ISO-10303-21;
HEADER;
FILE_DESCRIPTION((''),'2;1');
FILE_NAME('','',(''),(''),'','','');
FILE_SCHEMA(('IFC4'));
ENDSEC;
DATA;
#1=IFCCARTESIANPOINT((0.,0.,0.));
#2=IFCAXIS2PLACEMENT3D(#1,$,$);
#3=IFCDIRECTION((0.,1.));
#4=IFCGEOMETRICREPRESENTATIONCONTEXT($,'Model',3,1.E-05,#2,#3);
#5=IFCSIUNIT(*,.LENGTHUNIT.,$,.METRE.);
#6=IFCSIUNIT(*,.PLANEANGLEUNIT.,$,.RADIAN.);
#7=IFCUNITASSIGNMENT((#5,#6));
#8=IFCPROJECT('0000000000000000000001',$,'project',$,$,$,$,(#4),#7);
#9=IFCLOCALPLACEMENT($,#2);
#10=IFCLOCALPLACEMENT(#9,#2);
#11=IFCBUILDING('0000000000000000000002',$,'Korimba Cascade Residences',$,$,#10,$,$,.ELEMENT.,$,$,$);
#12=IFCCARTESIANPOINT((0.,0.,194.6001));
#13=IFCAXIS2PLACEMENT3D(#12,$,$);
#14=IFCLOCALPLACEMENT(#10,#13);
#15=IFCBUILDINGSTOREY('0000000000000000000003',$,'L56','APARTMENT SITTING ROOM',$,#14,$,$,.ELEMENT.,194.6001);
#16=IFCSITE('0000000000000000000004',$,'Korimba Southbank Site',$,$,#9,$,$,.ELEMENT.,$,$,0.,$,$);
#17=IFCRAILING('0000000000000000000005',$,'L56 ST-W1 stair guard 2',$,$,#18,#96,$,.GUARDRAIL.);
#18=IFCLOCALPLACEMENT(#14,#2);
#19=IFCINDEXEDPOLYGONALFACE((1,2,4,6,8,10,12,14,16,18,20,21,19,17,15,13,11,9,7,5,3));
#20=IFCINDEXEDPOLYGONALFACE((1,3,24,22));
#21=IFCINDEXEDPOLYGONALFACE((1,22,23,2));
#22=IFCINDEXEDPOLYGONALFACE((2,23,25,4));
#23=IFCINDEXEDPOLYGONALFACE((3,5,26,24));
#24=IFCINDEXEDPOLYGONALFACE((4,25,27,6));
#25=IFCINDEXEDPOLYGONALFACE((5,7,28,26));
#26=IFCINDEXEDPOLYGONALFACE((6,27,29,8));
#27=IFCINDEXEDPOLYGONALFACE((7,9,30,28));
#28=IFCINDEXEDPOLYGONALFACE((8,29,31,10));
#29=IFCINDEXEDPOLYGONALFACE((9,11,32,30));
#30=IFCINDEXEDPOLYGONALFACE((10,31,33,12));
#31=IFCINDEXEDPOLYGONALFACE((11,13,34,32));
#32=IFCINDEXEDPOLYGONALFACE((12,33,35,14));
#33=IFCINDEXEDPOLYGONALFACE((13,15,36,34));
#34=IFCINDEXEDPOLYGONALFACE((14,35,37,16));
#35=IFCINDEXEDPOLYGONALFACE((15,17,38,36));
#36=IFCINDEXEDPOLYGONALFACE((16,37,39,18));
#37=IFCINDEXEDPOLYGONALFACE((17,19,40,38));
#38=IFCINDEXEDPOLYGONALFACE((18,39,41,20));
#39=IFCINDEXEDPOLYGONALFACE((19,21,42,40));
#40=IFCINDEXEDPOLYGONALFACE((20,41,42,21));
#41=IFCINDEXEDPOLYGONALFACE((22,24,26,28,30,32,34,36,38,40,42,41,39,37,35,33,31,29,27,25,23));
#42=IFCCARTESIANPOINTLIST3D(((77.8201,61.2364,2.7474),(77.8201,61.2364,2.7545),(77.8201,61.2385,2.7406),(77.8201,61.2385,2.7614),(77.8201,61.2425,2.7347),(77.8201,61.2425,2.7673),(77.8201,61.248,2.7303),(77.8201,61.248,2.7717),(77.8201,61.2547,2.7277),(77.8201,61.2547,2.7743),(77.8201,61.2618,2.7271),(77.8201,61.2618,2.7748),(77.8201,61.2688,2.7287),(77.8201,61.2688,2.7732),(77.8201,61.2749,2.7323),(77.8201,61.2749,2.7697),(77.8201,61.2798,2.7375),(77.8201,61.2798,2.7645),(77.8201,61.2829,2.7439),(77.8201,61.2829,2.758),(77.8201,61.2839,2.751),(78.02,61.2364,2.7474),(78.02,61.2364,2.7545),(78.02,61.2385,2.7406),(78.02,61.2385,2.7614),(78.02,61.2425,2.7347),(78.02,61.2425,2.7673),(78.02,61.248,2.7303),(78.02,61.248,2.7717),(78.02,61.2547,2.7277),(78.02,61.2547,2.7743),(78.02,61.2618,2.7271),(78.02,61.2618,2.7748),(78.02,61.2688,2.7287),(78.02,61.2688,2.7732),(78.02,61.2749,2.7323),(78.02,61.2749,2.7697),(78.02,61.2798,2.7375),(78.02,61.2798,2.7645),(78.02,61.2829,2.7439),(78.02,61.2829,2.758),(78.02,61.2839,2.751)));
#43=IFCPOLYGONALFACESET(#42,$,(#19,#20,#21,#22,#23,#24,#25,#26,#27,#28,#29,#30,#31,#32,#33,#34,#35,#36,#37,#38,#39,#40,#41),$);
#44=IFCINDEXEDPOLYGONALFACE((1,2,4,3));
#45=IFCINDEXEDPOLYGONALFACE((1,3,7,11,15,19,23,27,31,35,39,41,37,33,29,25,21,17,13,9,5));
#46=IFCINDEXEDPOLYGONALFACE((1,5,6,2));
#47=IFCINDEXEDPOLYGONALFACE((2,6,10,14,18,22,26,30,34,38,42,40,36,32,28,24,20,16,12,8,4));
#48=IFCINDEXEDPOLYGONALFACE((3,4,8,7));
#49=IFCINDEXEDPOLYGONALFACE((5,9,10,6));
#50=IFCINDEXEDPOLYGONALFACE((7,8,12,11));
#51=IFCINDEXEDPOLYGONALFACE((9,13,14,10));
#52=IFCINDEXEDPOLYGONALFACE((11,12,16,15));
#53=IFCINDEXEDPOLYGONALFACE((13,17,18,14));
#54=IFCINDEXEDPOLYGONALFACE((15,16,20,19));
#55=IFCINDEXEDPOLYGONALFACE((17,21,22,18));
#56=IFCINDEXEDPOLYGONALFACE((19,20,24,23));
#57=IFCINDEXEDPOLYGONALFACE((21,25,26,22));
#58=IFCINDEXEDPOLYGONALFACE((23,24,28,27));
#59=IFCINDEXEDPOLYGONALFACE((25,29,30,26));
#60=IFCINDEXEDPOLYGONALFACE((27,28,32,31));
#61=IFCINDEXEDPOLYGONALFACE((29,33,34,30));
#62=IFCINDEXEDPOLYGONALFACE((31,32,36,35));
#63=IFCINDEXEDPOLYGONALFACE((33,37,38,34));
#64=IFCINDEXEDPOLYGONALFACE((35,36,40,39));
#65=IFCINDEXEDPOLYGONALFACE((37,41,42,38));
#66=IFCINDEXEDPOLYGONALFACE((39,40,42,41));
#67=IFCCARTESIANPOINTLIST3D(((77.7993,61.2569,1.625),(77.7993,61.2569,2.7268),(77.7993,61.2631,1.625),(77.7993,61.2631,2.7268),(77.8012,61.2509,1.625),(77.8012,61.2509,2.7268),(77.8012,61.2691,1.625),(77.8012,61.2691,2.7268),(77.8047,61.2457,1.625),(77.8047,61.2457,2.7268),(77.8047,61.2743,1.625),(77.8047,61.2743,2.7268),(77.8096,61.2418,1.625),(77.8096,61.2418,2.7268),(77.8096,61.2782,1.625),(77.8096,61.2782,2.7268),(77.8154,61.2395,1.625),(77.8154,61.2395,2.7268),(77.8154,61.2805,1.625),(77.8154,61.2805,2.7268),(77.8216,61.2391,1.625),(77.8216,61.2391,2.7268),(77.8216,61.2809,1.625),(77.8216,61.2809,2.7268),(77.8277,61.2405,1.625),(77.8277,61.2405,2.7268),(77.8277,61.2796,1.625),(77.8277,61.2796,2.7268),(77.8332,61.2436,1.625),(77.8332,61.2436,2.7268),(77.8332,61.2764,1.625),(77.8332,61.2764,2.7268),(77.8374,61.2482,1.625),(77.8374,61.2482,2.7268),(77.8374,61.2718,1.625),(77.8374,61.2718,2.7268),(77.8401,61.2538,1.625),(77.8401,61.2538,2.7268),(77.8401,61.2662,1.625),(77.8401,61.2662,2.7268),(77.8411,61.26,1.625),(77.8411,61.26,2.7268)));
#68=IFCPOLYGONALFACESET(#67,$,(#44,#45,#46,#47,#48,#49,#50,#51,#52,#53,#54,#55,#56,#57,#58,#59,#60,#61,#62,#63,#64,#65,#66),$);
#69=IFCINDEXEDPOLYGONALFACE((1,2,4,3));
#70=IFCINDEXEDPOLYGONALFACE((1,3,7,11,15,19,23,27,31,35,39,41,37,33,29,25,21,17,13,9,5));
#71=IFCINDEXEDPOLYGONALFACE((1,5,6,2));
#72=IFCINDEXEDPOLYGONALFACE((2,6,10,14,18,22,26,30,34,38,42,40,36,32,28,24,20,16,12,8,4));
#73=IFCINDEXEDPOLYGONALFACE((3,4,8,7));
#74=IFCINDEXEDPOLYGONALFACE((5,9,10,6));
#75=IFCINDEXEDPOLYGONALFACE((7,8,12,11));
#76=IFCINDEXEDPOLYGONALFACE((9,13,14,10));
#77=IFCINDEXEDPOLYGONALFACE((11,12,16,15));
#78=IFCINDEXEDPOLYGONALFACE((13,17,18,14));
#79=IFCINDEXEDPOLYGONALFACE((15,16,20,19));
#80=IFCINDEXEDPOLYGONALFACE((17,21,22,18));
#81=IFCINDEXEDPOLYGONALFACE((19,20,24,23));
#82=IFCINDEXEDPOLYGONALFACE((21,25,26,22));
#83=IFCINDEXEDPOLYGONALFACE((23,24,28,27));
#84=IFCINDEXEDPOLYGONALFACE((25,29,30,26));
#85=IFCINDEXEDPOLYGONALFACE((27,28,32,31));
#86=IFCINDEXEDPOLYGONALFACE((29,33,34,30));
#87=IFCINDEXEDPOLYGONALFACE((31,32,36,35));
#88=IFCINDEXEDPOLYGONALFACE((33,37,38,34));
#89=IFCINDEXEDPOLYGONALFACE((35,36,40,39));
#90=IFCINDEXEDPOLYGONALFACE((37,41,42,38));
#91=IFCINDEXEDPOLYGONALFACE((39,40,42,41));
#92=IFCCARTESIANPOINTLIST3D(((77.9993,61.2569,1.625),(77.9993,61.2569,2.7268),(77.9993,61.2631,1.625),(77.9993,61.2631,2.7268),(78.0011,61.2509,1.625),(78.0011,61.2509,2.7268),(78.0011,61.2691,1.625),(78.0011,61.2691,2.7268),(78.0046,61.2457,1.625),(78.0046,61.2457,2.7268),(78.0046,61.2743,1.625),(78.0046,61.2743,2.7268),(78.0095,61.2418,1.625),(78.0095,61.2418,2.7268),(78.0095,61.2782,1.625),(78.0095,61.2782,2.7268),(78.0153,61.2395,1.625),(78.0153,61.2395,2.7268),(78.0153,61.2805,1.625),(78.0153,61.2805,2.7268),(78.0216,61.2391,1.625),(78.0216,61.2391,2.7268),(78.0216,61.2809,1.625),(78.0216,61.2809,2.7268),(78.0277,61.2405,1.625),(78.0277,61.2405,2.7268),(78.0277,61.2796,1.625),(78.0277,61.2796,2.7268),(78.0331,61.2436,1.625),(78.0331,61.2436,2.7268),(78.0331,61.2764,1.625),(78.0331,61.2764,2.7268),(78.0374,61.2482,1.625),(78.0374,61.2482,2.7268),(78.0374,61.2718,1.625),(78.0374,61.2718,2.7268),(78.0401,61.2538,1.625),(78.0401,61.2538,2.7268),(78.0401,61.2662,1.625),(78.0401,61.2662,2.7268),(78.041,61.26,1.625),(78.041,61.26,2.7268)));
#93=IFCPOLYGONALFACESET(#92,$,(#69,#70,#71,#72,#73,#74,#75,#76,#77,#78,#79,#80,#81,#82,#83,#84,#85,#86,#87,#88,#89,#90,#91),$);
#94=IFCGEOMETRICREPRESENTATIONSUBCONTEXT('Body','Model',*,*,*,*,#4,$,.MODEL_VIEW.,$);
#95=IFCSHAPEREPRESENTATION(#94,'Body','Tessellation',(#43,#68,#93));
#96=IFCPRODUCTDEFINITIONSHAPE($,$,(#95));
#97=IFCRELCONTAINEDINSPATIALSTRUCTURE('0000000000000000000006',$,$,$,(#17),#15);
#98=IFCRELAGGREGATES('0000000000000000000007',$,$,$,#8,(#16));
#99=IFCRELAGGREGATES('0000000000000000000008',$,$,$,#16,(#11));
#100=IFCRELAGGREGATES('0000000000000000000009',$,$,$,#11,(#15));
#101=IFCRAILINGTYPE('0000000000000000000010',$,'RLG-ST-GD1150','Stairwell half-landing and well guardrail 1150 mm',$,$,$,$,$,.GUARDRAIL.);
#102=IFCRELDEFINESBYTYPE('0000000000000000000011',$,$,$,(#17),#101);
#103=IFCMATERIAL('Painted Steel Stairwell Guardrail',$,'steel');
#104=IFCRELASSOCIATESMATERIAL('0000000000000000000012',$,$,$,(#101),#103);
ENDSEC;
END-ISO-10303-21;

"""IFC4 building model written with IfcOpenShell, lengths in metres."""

from ifc_helpers import new_model, si_unit, direction, frame, origin, origin_2d, place, context, subcontext, project, spatial, circle, extrude, material, type_object, element, save


model = new_model("IFC4")

# Units and contexts
model_context = context("Model", 3, precision=1e-05, world=origin(), true_north=direction((0.0, 1.0)))
body_context = subcontext(model_context, "Body", "Model", "MODEL_VIEW")
ifc_project = project(units=[si_unit("LENGTHUNIT", "METRE"), si_unit("PLANEANGLEUNIT", "RADIAN")], contexts=[model_context])

# Site, building, storey
site_placement = place(None, origin())
site = spatial("IfcSite", under=ifc_project, at=site_placement, Name="Korimba Southbank Site", CompositionType="ELEMENT", RefElevation=0.0)
building_placement = place(site_placement, origin())
building = spatial("IfcBuilding", under=site, at=building_placement, Name="Korimba Cascade Residences", CompositionType="ELEMENT")
storey_placement = place(building_placement, frame((0.0, 0.0, 194.6001)))
storey = spatial("IfcBuildingStorey", under=building, at=storey_placement, Name="L56", Description="APARTMENT SITTING ROOM", CompositionType="ELEMENT", Elevation=194.6001)

# Railing
ifc_material_1 = material(Name="Painted Steel Stairwell Guardrail", Category="steel")
railing_type_1 = type_object("IfcRailingType", Name="RLG-ST-GD1150", Description="Stairwell half-landing and well guardrail 1150 mm", PredefinedType="GUARDRAIL", material=ifc_material_1)
railing_1_placement = place(storey_placement, frame((77.8201, 61.26, 1.625)))
element("IfcRailing", 1, at=railing_1_placement, inside=storey, type_object=railing_type_1, Name="L56 ST-W1 stair guard 2", PredefinedType="GUARDRAIL", context=body_context, shape_type="SweptSolid", body=[
    extrude(circle(Radius=0.0239, at=origin_2d()), frame((0.0, 0.0, 1.126), z_axis=(1.0, 0.0, 0.0), x_axis=(0.0, 1.0, 0.0)), (0.0, 0.0, 1.0), 0.2),
    extrude(circle(Radius=0.021, at=origin_2d()), origin(), (0.0, 0.0, 1.0), 1.1018),
    extrude(circle(Radius=0.021, at=origin_2d()), frame((0.2, 0.0, 0.0)), (0.0, 0.0, 1.0), 1.1018),
])

save(model, "model.ifc")
